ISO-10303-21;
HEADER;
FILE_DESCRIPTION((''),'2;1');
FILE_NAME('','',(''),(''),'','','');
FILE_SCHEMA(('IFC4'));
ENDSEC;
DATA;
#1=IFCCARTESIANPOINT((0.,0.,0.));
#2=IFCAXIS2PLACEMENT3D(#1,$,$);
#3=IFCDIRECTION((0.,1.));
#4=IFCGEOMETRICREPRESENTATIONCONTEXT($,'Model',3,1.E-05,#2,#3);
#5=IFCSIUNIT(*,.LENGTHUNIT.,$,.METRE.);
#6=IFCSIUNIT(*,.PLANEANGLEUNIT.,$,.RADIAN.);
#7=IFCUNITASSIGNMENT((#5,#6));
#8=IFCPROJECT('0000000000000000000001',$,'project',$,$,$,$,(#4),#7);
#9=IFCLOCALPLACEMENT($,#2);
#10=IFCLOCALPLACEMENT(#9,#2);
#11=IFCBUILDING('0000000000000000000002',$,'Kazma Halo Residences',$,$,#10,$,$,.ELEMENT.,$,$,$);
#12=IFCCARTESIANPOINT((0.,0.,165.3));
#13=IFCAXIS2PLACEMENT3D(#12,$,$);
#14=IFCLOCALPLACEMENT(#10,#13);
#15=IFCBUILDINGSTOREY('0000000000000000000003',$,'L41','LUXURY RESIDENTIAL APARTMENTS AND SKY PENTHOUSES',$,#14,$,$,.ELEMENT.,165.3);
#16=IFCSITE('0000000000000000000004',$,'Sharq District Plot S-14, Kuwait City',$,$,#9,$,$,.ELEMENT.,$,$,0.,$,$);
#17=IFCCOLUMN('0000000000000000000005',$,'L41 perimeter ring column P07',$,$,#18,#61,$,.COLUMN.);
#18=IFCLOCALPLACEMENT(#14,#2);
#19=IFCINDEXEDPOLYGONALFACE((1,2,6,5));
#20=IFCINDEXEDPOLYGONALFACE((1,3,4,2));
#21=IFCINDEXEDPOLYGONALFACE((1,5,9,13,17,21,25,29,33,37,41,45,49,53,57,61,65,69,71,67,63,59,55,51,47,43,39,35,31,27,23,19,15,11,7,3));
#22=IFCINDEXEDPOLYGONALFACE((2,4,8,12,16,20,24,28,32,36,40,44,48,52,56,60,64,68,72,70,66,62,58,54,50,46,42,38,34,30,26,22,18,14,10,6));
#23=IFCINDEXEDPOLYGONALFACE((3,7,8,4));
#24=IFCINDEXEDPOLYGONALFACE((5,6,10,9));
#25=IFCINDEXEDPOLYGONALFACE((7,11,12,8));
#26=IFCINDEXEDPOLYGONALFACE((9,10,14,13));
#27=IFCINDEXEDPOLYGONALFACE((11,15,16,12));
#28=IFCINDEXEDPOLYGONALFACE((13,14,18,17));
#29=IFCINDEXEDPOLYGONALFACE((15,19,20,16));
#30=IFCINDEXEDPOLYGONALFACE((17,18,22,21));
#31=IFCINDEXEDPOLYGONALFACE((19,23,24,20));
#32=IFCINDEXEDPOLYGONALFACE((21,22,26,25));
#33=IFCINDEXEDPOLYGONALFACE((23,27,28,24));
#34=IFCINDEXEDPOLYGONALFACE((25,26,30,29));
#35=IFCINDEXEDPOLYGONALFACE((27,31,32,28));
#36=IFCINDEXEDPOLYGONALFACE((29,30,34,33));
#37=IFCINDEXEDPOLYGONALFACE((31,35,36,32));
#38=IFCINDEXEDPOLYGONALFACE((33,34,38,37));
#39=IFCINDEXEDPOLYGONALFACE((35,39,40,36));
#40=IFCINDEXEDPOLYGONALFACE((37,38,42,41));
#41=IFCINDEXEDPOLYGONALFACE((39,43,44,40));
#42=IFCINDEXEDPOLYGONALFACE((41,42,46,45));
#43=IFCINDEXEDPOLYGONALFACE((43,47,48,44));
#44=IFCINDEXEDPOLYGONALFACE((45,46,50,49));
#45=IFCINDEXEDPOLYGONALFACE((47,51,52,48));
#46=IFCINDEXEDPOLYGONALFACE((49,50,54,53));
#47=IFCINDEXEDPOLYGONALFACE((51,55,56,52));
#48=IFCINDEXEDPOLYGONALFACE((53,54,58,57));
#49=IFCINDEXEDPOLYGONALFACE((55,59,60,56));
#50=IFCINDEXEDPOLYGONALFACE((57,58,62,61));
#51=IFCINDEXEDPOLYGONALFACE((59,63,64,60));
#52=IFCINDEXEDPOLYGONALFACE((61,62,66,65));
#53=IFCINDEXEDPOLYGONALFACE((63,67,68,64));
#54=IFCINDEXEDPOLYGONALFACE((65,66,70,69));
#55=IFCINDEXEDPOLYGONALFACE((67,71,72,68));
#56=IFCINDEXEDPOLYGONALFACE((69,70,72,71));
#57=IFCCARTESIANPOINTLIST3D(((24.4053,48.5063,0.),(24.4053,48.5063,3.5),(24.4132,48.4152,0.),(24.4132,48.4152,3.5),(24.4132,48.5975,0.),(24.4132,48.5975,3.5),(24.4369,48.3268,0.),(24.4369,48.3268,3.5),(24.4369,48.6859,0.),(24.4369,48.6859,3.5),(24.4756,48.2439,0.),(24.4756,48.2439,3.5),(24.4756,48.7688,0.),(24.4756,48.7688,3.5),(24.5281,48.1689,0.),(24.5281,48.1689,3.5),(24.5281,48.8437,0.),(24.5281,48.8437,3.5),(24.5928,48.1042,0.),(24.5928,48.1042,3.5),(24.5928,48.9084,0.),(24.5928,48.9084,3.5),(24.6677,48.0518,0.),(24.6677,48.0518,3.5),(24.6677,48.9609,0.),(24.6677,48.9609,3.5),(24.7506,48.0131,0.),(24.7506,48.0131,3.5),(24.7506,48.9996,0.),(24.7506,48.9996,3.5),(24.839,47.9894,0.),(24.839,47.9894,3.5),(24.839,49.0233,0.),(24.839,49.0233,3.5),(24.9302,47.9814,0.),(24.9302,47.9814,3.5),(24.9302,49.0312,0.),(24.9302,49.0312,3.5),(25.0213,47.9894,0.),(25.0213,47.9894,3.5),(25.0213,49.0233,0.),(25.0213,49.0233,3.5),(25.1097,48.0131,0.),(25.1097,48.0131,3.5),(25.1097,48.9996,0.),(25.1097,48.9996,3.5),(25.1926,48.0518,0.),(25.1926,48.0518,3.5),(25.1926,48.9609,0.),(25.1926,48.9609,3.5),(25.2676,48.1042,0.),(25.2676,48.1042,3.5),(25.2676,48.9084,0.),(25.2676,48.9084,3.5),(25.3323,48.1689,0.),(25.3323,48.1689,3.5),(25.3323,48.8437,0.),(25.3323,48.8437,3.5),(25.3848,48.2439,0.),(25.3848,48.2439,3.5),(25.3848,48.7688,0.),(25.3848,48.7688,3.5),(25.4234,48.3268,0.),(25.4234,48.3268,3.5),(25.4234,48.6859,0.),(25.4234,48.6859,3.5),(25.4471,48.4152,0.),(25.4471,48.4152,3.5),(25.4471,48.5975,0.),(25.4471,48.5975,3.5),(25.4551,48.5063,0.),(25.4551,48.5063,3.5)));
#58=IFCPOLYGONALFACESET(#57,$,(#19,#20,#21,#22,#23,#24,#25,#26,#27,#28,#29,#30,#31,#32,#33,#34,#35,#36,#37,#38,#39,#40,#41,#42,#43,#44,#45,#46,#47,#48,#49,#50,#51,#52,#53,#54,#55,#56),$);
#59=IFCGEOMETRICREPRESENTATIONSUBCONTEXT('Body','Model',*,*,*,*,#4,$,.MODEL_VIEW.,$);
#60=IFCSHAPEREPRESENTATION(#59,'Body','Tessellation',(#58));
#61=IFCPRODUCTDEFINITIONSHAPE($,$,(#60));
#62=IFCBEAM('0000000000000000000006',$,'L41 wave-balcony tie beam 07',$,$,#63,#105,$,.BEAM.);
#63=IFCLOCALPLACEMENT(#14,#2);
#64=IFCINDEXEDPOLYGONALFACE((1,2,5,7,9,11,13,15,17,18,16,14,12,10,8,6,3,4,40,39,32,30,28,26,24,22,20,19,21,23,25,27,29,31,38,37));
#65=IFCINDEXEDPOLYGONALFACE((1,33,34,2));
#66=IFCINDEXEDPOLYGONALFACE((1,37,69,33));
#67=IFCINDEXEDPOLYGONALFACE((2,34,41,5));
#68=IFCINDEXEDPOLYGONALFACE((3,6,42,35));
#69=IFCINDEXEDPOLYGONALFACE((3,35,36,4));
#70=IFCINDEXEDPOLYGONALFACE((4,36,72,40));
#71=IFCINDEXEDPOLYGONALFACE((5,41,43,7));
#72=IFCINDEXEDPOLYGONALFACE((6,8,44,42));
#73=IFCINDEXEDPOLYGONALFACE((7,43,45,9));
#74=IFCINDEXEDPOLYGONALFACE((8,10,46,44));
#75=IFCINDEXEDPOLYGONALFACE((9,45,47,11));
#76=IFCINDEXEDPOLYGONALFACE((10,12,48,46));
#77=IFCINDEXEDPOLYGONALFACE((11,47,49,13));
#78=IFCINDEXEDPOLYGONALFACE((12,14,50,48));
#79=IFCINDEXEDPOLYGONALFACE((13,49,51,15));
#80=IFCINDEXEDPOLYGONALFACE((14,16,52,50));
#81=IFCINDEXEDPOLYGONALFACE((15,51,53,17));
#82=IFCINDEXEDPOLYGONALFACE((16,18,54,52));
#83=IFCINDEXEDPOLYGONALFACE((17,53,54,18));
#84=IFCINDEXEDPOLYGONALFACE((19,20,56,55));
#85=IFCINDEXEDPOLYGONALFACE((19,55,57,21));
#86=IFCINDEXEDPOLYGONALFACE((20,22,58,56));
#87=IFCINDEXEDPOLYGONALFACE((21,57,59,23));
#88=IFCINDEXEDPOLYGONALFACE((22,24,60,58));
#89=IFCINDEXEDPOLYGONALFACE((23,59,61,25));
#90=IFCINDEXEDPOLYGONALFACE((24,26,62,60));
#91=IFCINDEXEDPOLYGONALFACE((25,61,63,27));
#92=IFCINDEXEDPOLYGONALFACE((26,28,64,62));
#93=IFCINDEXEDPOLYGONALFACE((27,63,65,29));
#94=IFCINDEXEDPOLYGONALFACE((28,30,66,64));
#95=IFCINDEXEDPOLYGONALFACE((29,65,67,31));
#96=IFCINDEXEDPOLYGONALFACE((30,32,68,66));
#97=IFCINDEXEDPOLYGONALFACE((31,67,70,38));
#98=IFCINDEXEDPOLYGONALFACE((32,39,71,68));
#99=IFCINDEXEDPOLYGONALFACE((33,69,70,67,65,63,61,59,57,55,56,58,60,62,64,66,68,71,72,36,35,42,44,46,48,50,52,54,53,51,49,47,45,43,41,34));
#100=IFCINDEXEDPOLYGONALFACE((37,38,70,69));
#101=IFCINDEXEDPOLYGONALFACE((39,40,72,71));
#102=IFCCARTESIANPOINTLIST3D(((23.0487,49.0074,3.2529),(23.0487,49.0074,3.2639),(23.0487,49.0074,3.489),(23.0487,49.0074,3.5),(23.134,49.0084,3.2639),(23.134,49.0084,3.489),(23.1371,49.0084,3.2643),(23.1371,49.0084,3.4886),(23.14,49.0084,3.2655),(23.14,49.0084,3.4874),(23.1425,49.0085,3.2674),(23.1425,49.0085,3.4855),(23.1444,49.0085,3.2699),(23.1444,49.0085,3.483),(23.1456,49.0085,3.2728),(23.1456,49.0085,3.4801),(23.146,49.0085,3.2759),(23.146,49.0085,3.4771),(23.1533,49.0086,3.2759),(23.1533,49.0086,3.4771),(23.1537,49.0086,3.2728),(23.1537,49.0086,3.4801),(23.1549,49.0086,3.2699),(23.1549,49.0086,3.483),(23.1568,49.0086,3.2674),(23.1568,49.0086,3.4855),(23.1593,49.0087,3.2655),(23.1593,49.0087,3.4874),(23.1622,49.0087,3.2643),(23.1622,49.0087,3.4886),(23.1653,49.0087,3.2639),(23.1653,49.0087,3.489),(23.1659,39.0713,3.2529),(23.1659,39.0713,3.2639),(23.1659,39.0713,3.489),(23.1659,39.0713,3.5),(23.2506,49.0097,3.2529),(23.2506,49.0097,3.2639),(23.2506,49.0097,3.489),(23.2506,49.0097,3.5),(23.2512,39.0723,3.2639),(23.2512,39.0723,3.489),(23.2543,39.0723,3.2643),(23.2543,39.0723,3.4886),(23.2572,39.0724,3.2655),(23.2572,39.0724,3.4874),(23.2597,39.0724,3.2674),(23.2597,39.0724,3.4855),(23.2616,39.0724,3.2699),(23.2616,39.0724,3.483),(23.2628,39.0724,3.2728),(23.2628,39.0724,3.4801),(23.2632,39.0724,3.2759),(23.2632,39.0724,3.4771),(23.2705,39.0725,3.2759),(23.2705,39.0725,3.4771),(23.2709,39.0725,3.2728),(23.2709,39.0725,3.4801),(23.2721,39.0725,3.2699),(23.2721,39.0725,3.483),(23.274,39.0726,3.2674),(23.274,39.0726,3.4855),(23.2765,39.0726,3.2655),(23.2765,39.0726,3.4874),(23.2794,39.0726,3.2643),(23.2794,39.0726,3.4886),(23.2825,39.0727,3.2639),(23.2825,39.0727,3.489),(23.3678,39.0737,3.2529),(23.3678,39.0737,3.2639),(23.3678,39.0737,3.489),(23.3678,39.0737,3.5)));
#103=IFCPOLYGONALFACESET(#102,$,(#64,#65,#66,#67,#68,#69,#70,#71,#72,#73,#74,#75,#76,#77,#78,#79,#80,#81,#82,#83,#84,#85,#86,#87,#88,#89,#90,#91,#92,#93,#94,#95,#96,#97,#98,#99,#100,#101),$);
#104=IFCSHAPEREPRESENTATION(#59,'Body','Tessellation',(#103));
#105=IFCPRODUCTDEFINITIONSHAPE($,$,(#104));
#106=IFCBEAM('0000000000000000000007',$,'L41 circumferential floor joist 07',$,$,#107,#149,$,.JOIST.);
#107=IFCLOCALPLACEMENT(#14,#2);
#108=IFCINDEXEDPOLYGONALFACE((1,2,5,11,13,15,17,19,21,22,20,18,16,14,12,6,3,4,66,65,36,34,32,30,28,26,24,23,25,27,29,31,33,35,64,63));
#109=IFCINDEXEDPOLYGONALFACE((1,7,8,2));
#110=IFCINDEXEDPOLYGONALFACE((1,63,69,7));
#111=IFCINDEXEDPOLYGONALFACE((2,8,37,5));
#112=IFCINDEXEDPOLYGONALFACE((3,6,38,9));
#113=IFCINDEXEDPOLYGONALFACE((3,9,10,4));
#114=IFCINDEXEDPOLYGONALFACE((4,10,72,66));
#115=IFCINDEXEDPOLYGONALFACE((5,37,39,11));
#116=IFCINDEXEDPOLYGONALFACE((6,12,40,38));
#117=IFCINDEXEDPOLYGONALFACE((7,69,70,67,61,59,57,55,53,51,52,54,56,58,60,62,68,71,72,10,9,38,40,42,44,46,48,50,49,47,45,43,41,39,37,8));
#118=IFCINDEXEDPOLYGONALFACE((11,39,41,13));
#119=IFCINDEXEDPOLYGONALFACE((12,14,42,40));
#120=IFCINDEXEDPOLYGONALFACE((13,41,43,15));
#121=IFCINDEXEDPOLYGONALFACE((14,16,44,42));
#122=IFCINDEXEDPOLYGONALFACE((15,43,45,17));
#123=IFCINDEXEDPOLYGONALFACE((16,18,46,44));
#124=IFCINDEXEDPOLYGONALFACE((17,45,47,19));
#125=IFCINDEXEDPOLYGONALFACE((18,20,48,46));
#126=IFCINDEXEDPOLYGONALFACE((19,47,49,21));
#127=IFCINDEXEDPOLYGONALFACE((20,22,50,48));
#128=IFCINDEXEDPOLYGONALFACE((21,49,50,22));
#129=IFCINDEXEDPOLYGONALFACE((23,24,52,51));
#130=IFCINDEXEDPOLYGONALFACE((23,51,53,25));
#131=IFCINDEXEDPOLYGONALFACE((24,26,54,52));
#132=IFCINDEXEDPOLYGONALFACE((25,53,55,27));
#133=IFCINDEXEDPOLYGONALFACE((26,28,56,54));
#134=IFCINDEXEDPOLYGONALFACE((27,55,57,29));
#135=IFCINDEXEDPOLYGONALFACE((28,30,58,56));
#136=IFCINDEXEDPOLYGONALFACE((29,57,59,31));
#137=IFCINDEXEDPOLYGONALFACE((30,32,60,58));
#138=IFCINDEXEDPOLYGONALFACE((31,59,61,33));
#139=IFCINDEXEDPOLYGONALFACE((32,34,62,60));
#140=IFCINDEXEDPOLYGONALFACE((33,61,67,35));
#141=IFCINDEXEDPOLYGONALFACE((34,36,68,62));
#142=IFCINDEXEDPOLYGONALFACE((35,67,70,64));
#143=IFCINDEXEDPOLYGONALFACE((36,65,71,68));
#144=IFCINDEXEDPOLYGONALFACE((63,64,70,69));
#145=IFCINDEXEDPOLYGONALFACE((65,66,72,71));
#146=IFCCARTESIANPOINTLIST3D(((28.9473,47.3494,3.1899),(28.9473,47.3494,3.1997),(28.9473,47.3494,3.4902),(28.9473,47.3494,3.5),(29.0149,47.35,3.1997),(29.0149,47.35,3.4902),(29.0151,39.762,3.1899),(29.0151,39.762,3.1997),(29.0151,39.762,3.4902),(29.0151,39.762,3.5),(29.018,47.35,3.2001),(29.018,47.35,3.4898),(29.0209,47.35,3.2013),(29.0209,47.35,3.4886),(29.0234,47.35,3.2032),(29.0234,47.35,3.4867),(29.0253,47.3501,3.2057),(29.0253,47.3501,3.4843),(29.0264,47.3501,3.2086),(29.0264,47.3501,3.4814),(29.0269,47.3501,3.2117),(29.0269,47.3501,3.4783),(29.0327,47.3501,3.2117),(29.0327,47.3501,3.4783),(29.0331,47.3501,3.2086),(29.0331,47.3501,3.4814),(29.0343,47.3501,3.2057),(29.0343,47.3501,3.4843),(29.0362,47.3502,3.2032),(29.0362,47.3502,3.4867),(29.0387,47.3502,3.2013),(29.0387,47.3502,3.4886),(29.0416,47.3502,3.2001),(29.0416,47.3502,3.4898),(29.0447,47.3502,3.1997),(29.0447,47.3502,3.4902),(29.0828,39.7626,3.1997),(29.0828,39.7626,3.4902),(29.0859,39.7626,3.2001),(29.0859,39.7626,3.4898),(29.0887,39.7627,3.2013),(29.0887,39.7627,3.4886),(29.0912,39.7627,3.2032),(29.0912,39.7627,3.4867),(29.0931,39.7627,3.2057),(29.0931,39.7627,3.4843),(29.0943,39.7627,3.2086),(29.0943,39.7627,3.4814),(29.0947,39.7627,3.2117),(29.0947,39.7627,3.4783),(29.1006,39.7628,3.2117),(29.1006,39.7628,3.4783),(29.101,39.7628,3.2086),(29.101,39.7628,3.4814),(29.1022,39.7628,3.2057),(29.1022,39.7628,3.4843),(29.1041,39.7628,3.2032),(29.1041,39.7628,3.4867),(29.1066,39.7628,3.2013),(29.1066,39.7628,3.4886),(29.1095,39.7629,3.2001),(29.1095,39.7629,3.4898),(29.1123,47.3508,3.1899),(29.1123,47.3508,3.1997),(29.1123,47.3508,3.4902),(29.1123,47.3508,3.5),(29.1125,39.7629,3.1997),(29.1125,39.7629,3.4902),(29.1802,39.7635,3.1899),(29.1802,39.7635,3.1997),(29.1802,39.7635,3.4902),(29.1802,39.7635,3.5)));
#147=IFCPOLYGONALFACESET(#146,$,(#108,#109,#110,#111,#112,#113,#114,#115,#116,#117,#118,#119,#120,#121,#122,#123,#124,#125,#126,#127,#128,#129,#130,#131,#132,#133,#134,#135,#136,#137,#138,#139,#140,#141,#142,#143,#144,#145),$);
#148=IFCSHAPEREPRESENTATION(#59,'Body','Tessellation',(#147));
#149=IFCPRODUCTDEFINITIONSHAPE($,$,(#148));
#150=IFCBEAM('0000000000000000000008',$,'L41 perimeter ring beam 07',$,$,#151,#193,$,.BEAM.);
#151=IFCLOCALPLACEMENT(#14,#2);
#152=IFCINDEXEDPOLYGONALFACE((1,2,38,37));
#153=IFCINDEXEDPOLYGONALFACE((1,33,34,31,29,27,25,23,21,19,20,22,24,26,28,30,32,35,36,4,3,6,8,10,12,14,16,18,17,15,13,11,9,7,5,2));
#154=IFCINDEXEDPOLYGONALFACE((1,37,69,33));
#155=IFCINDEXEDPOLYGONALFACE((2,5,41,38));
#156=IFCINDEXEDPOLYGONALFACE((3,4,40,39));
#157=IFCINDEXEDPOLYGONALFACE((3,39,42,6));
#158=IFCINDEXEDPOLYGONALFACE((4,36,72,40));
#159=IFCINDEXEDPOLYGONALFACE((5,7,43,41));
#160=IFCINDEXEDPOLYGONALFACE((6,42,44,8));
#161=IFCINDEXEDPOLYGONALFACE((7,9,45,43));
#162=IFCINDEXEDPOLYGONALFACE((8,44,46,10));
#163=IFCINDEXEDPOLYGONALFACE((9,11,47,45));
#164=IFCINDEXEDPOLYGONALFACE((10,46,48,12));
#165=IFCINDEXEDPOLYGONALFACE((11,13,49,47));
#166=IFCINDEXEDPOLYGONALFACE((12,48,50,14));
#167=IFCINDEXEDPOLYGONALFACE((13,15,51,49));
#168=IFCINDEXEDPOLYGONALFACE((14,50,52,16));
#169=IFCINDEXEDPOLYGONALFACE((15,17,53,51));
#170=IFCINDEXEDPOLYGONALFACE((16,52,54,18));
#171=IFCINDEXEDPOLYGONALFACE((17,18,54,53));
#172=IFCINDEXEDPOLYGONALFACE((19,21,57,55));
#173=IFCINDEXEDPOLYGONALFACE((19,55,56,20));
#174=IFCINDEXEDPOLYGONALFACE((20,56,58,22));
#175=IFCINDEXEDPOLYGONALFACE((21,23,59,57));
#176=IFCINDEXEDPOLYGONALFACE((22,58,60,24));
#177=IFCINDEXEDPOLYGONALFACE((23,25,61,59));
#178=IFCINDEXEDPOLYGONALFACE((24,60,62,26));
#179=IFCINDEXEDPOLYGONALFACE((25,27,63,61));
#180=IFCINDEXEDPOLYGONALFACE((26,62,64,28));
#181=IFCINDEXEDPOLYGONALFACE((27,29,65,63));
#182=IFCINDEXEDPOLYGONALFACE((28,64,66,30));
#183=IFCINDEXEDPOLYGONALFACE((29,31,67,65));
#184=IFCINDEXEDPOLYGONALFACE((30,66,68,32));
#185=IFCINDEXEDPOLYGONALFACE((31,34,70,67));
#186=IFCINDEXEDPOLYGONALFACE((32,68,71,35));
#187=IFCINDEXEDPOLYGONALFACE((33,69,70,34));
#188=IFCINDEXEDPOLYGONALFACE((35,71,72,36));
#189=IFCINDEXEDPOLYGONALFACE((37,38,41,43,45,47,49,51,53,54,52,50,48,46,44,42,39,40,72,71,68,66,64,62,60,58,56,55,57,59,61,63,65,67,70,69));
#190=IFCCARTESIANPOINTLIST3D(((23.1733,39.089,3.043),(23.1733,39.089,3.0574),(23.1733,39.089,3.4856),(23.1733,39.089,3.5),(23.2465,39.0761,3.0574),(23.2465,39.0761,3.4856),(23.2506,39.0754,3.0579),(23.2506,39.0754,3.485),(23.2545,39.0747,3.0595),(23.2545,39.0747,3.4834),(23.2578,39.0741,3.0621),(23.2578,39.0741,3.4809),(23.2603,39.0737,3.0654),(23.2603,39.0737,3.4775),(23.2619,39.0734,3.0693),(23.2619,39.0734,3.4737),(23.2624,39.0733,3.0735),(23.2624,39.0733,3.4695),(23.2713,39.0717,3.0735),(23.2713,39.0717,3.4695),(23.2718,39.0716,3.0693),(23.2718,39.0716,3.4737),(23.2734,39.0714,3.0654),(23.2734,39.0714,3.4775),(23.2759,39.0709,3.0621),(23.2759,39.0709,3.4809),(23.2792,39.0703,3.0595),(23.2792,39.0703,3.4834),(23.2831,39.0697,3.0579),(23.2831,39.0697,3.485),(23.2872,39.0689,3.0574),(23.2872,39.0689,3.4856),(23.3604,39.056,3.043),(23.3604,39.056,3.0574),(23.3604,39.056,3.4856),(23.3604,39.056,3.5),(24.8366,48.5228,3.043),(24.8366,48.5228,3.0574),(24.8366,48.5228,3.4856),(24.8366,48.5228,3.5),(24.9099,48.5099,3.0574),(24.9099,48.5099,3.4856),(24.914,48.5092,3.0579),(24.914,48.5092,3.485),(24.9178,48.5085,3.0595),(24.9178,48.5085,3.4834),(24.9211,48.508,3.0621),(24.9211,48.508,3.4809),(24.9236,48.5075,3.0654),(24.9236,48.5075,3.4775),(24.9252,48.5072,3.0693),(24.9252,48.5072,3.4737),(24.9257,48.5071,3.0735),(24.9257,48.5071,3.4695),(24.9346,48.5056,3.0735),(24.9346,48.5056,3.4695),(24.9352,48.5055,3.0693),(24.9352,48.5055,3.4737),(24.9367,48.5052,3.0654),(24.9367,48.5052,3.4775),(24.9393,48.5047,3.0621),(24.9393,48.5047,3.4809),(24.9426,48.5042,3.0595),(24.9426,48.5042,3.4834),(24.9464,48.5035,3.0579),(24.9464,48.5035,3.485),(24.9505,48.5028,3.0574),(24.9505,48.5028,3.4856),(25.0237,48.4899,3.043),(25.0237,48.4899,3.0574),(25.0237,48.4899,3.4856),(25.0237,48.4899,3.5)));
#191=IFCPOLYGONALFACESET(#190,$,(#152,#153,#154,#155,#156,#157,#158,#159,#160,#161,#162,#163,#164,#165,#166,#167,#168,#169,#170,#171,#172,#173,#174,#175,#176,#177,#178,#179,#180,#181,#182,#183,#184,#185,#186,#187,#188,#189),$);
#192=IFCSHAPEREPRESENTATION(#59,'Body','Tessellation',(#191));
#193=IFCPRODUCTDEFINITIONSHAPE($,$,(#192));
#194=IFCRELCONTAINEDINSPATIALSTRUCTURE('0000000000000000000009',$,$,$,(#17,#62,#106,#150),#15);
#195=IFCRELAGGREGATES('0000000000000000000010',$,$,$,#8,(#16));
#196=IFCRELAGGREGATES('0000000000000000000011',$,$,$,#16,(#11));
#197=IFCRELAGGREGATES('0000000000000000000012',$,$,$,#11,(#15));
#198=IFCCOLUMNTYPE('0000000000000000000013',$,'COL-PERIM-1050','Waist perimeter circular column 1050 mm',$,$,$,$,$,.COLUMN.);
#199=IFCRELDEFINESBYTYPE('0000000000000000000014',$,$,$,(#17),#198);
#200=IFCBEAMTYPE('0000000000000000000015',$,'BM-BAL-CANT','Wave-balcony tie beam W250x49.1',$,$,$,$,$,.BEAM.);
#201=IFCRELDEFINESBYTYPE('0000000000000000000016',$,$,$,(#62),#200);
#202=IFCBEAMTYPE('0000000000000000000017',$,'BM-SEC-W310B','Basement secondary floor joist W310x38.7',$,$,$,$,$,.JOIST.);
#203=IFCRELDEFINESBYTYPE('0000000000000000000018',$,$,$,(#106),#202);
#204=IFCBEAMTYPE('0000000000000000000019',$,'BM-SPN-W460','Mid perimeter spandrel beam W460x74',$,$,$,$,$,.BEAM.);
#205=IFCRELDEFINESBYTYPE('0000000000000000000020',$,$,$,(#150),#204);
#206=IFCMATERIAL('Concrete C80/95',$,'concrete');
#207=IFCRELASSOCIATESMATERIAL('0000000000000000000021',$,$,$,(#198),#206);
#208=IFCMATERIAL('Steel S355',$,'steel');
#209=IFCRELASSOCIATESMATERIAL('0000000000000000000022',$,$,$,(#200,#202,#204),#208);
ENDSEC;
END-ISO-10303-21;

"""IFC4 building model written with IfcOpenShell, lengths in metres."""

from ifc_helpers import new_model, si_unit, direction, frame, origin, origin_2d, place, context, subcontext, project, spatial, circle, i_section, extrude, material, material_profile, profile_set, type_object, element, save


model = new_model("IFC4")

# Units and contexts
model_context = context("Model", 3, precision=1e-05, world=origin(), true_north=direction((0.0, 1.0)))
body_context = subcontext(model_context, "Body", "Model", "MODEL_VIEW")
ifc_project = project(units=[si_unit("LENGTHUNIT", "METRE"), si_unit("PLANEANGLEUNIT", "RADIAN")], contexts=[model_context])

# Site, building, storey
site_placement = place(None, origin())
site = spatial("IfcSite", under=ifc_project, at=site_placement, Name="Sharq District Plot S-14, Kuwait City", CompositionType="ELEMENT", RefElevation=0.0)
building_placement = place(site_placement, origin())
building = spatial("IfcBuilding", under=site, at=building_placement, Name="Kazma Halo Residences", CompositionType="ELEMENT")
storey_placement = place(building_placement, frame((0.0, 0.0, 165.3)))
storey = spatial("IfcBuildingStorey", under=building, at=storey_placement, Name="L41", Description="LUXURY RESIDENTIAL APARTMENTS AND SKY PENTHOUSES", CompositionType="ELEMENT", Elevation=165.3)

# Column
ifc_material_1 = material(Name="Concrete C80/95", Category="concrete")
ifc_material_profile_1 = material_profile(ifc_material_1, circle(Radius=0.5249, at=origin_2d()), Name="CIRC1050")
ifc_profile_set_1 = profile_set([ifc_material_profile_1], Name="Concrete C80/95")
column_type = type_object("IfcColumnType", Name="COL-PERIM-1050", Description="Waist perimeter circular column 1050 mm", PredefinedType="COLUMN", material=ifc_profile_set_1)
column_placement = place(storey_placement, frame((24.9302, 48.5063, 0.0), z_axis=(0.0, 0.0, 1.0), x_axis=(1.0, 0.0, 0.0)))
element("IfcColumn", 1, at=column_placement, inside=storey, type_object=column_type, Name="L41 perimeter ring column P07", PredefinedType="COLUMN", context=body_context, shape_type="SweptSolid", body=[
    extrude(circle(Radius=0.5249, at=origin_2d()), origin(), (0.0, 0.0, 1.0), 3.5),
])

# Beams
ifc_material_2 = material(Name="Steel S355", Category="steel")
ifc_material_profile_2 = material_profile(ifc_material_2, i_section(OverallWidth=0.2019, OverallDepth=0.2471, WebThickness=0.0073, FlangeThickness=0.011, FilletRadius=0.012, at=origin_2d()), Name="W250x49.1")
ifc_profile_set_2 = profile_set([ifc_material_profile_2], Name="Steel S355")
beam_type_1 = type_object("IfcBeamType", Name="BM-BAL-CANT", Description="Wave-balcony tie beam W250x49.1", PredefinedType="BEAM", material=ifc_profile_set_2)
beam_1_placement = place(storey_placement, frame((23.1497, 49.0085, 3.3765), z_axis=(0.011793, -0.99993, 0.0), x_axis=(0.99993, 0.011793, 0.0)))
element("IfcBeam", 2, at=beam_1_placement, inside=storey, type_object=beam_type_1, Name="L41 wave-balcony tie beam 07", PredefinedType="BEAM", context=body_context, shape_type="SweptSolid", body=[
    extrude(i_section(OverallWidth=0.2019, OverallDepth=0.2471, WebThickness=0.0073, FlangeThickness=0.011, FilletRadius=0.012, at=origin_2d()), origin(), (0.0, 0.0, 1.0), 9.9368),
])
ifc_material_profile_3 = material_profile(ifc_material_2, i_section(OverallWidth=0.165, OverallDepth=0.3101, WebThickness=0.0059, FlangeThickness=0.0098, FilletRadius=0.012, at=origin_2d()), Name="W310x38.7")
ifc_profile_set_3 = profile_set([ifc_material_profile_3], Name="Steel S355")
beam_type_2 = type_object("IfcBeamType", Name="BM-SEC-W310B", Description="Basement secondary floor joist W310x38.7", PredefinedType="JOIST", material=ifc_profile_set_3)
beam_2_placement = place(storey_placement, frame((29.0298, 47.3501, 3.345), z_axis=(0.008945, -0.99996, 0.0), x_axis=(0.99996, 0.008945, 0.0)))
element("IfcBeam", 3, at=beam_2_placement, inside=storey, type_object=beam_type_2, Name="L41 circumferential floor joist 07", PredefinedType="JOIST", context=body_context, shape_type="SweptSolid", body=[
    extrude(i_section(OverallWidth=0.165, OverallDepth=0.3101, WebThickness=0.0059, FlangeThickness=0.0098, FilletRadius=0.012, at=origin_2d()), origin(), (0.0, 0.0, 1.0), 7.5876),
])
ifc_material_profile_4 = material_profile(ifc_material_2, i_section(OverallWidth=0.1899, OverallDepth=0.457, WebThickness=0.009, FlangeThickness=0.0144, FilletRadius=0.0161, at=origin_2d()), Name="W460x74")
ifc_profile_set_4 = profile_set([ifc_material_profile_4], Name="Steel S355")
beam_type_3 = type_object("IfcBeamType", Name="BM-SPN-W460", Description="Mid perimeter spandrel beam W460x74", PredefinedType="BEAM", material=ifc_profile_set_4)
beam_3_placement = place(storey_placement, frame((24.9302, 48.5063, 3.2715), z_axis=(-0.173637, -0.98481, 0.0), x_axis=(0.98481, -0.173637, 0.0)))
element("IfcBeam", 4, at=beam_3_placement, inside=storey, type_object=beam_type_3, Name="L41 perimeter ring beam 07", PredefinedType="BEAM", context=body_context, shape_type="SweptSolid", body=[
    extrude(i_section(OverallWidth=0.1899, OverallDepth=0.457, WebThickness=0.009, FlangeThickness=0.0144, FilletRadius=0.0161, at=origin_2d()), origin(), (0.0, 0.0, 1.0), 9.5793),
])

save(model, "model.ifc")
